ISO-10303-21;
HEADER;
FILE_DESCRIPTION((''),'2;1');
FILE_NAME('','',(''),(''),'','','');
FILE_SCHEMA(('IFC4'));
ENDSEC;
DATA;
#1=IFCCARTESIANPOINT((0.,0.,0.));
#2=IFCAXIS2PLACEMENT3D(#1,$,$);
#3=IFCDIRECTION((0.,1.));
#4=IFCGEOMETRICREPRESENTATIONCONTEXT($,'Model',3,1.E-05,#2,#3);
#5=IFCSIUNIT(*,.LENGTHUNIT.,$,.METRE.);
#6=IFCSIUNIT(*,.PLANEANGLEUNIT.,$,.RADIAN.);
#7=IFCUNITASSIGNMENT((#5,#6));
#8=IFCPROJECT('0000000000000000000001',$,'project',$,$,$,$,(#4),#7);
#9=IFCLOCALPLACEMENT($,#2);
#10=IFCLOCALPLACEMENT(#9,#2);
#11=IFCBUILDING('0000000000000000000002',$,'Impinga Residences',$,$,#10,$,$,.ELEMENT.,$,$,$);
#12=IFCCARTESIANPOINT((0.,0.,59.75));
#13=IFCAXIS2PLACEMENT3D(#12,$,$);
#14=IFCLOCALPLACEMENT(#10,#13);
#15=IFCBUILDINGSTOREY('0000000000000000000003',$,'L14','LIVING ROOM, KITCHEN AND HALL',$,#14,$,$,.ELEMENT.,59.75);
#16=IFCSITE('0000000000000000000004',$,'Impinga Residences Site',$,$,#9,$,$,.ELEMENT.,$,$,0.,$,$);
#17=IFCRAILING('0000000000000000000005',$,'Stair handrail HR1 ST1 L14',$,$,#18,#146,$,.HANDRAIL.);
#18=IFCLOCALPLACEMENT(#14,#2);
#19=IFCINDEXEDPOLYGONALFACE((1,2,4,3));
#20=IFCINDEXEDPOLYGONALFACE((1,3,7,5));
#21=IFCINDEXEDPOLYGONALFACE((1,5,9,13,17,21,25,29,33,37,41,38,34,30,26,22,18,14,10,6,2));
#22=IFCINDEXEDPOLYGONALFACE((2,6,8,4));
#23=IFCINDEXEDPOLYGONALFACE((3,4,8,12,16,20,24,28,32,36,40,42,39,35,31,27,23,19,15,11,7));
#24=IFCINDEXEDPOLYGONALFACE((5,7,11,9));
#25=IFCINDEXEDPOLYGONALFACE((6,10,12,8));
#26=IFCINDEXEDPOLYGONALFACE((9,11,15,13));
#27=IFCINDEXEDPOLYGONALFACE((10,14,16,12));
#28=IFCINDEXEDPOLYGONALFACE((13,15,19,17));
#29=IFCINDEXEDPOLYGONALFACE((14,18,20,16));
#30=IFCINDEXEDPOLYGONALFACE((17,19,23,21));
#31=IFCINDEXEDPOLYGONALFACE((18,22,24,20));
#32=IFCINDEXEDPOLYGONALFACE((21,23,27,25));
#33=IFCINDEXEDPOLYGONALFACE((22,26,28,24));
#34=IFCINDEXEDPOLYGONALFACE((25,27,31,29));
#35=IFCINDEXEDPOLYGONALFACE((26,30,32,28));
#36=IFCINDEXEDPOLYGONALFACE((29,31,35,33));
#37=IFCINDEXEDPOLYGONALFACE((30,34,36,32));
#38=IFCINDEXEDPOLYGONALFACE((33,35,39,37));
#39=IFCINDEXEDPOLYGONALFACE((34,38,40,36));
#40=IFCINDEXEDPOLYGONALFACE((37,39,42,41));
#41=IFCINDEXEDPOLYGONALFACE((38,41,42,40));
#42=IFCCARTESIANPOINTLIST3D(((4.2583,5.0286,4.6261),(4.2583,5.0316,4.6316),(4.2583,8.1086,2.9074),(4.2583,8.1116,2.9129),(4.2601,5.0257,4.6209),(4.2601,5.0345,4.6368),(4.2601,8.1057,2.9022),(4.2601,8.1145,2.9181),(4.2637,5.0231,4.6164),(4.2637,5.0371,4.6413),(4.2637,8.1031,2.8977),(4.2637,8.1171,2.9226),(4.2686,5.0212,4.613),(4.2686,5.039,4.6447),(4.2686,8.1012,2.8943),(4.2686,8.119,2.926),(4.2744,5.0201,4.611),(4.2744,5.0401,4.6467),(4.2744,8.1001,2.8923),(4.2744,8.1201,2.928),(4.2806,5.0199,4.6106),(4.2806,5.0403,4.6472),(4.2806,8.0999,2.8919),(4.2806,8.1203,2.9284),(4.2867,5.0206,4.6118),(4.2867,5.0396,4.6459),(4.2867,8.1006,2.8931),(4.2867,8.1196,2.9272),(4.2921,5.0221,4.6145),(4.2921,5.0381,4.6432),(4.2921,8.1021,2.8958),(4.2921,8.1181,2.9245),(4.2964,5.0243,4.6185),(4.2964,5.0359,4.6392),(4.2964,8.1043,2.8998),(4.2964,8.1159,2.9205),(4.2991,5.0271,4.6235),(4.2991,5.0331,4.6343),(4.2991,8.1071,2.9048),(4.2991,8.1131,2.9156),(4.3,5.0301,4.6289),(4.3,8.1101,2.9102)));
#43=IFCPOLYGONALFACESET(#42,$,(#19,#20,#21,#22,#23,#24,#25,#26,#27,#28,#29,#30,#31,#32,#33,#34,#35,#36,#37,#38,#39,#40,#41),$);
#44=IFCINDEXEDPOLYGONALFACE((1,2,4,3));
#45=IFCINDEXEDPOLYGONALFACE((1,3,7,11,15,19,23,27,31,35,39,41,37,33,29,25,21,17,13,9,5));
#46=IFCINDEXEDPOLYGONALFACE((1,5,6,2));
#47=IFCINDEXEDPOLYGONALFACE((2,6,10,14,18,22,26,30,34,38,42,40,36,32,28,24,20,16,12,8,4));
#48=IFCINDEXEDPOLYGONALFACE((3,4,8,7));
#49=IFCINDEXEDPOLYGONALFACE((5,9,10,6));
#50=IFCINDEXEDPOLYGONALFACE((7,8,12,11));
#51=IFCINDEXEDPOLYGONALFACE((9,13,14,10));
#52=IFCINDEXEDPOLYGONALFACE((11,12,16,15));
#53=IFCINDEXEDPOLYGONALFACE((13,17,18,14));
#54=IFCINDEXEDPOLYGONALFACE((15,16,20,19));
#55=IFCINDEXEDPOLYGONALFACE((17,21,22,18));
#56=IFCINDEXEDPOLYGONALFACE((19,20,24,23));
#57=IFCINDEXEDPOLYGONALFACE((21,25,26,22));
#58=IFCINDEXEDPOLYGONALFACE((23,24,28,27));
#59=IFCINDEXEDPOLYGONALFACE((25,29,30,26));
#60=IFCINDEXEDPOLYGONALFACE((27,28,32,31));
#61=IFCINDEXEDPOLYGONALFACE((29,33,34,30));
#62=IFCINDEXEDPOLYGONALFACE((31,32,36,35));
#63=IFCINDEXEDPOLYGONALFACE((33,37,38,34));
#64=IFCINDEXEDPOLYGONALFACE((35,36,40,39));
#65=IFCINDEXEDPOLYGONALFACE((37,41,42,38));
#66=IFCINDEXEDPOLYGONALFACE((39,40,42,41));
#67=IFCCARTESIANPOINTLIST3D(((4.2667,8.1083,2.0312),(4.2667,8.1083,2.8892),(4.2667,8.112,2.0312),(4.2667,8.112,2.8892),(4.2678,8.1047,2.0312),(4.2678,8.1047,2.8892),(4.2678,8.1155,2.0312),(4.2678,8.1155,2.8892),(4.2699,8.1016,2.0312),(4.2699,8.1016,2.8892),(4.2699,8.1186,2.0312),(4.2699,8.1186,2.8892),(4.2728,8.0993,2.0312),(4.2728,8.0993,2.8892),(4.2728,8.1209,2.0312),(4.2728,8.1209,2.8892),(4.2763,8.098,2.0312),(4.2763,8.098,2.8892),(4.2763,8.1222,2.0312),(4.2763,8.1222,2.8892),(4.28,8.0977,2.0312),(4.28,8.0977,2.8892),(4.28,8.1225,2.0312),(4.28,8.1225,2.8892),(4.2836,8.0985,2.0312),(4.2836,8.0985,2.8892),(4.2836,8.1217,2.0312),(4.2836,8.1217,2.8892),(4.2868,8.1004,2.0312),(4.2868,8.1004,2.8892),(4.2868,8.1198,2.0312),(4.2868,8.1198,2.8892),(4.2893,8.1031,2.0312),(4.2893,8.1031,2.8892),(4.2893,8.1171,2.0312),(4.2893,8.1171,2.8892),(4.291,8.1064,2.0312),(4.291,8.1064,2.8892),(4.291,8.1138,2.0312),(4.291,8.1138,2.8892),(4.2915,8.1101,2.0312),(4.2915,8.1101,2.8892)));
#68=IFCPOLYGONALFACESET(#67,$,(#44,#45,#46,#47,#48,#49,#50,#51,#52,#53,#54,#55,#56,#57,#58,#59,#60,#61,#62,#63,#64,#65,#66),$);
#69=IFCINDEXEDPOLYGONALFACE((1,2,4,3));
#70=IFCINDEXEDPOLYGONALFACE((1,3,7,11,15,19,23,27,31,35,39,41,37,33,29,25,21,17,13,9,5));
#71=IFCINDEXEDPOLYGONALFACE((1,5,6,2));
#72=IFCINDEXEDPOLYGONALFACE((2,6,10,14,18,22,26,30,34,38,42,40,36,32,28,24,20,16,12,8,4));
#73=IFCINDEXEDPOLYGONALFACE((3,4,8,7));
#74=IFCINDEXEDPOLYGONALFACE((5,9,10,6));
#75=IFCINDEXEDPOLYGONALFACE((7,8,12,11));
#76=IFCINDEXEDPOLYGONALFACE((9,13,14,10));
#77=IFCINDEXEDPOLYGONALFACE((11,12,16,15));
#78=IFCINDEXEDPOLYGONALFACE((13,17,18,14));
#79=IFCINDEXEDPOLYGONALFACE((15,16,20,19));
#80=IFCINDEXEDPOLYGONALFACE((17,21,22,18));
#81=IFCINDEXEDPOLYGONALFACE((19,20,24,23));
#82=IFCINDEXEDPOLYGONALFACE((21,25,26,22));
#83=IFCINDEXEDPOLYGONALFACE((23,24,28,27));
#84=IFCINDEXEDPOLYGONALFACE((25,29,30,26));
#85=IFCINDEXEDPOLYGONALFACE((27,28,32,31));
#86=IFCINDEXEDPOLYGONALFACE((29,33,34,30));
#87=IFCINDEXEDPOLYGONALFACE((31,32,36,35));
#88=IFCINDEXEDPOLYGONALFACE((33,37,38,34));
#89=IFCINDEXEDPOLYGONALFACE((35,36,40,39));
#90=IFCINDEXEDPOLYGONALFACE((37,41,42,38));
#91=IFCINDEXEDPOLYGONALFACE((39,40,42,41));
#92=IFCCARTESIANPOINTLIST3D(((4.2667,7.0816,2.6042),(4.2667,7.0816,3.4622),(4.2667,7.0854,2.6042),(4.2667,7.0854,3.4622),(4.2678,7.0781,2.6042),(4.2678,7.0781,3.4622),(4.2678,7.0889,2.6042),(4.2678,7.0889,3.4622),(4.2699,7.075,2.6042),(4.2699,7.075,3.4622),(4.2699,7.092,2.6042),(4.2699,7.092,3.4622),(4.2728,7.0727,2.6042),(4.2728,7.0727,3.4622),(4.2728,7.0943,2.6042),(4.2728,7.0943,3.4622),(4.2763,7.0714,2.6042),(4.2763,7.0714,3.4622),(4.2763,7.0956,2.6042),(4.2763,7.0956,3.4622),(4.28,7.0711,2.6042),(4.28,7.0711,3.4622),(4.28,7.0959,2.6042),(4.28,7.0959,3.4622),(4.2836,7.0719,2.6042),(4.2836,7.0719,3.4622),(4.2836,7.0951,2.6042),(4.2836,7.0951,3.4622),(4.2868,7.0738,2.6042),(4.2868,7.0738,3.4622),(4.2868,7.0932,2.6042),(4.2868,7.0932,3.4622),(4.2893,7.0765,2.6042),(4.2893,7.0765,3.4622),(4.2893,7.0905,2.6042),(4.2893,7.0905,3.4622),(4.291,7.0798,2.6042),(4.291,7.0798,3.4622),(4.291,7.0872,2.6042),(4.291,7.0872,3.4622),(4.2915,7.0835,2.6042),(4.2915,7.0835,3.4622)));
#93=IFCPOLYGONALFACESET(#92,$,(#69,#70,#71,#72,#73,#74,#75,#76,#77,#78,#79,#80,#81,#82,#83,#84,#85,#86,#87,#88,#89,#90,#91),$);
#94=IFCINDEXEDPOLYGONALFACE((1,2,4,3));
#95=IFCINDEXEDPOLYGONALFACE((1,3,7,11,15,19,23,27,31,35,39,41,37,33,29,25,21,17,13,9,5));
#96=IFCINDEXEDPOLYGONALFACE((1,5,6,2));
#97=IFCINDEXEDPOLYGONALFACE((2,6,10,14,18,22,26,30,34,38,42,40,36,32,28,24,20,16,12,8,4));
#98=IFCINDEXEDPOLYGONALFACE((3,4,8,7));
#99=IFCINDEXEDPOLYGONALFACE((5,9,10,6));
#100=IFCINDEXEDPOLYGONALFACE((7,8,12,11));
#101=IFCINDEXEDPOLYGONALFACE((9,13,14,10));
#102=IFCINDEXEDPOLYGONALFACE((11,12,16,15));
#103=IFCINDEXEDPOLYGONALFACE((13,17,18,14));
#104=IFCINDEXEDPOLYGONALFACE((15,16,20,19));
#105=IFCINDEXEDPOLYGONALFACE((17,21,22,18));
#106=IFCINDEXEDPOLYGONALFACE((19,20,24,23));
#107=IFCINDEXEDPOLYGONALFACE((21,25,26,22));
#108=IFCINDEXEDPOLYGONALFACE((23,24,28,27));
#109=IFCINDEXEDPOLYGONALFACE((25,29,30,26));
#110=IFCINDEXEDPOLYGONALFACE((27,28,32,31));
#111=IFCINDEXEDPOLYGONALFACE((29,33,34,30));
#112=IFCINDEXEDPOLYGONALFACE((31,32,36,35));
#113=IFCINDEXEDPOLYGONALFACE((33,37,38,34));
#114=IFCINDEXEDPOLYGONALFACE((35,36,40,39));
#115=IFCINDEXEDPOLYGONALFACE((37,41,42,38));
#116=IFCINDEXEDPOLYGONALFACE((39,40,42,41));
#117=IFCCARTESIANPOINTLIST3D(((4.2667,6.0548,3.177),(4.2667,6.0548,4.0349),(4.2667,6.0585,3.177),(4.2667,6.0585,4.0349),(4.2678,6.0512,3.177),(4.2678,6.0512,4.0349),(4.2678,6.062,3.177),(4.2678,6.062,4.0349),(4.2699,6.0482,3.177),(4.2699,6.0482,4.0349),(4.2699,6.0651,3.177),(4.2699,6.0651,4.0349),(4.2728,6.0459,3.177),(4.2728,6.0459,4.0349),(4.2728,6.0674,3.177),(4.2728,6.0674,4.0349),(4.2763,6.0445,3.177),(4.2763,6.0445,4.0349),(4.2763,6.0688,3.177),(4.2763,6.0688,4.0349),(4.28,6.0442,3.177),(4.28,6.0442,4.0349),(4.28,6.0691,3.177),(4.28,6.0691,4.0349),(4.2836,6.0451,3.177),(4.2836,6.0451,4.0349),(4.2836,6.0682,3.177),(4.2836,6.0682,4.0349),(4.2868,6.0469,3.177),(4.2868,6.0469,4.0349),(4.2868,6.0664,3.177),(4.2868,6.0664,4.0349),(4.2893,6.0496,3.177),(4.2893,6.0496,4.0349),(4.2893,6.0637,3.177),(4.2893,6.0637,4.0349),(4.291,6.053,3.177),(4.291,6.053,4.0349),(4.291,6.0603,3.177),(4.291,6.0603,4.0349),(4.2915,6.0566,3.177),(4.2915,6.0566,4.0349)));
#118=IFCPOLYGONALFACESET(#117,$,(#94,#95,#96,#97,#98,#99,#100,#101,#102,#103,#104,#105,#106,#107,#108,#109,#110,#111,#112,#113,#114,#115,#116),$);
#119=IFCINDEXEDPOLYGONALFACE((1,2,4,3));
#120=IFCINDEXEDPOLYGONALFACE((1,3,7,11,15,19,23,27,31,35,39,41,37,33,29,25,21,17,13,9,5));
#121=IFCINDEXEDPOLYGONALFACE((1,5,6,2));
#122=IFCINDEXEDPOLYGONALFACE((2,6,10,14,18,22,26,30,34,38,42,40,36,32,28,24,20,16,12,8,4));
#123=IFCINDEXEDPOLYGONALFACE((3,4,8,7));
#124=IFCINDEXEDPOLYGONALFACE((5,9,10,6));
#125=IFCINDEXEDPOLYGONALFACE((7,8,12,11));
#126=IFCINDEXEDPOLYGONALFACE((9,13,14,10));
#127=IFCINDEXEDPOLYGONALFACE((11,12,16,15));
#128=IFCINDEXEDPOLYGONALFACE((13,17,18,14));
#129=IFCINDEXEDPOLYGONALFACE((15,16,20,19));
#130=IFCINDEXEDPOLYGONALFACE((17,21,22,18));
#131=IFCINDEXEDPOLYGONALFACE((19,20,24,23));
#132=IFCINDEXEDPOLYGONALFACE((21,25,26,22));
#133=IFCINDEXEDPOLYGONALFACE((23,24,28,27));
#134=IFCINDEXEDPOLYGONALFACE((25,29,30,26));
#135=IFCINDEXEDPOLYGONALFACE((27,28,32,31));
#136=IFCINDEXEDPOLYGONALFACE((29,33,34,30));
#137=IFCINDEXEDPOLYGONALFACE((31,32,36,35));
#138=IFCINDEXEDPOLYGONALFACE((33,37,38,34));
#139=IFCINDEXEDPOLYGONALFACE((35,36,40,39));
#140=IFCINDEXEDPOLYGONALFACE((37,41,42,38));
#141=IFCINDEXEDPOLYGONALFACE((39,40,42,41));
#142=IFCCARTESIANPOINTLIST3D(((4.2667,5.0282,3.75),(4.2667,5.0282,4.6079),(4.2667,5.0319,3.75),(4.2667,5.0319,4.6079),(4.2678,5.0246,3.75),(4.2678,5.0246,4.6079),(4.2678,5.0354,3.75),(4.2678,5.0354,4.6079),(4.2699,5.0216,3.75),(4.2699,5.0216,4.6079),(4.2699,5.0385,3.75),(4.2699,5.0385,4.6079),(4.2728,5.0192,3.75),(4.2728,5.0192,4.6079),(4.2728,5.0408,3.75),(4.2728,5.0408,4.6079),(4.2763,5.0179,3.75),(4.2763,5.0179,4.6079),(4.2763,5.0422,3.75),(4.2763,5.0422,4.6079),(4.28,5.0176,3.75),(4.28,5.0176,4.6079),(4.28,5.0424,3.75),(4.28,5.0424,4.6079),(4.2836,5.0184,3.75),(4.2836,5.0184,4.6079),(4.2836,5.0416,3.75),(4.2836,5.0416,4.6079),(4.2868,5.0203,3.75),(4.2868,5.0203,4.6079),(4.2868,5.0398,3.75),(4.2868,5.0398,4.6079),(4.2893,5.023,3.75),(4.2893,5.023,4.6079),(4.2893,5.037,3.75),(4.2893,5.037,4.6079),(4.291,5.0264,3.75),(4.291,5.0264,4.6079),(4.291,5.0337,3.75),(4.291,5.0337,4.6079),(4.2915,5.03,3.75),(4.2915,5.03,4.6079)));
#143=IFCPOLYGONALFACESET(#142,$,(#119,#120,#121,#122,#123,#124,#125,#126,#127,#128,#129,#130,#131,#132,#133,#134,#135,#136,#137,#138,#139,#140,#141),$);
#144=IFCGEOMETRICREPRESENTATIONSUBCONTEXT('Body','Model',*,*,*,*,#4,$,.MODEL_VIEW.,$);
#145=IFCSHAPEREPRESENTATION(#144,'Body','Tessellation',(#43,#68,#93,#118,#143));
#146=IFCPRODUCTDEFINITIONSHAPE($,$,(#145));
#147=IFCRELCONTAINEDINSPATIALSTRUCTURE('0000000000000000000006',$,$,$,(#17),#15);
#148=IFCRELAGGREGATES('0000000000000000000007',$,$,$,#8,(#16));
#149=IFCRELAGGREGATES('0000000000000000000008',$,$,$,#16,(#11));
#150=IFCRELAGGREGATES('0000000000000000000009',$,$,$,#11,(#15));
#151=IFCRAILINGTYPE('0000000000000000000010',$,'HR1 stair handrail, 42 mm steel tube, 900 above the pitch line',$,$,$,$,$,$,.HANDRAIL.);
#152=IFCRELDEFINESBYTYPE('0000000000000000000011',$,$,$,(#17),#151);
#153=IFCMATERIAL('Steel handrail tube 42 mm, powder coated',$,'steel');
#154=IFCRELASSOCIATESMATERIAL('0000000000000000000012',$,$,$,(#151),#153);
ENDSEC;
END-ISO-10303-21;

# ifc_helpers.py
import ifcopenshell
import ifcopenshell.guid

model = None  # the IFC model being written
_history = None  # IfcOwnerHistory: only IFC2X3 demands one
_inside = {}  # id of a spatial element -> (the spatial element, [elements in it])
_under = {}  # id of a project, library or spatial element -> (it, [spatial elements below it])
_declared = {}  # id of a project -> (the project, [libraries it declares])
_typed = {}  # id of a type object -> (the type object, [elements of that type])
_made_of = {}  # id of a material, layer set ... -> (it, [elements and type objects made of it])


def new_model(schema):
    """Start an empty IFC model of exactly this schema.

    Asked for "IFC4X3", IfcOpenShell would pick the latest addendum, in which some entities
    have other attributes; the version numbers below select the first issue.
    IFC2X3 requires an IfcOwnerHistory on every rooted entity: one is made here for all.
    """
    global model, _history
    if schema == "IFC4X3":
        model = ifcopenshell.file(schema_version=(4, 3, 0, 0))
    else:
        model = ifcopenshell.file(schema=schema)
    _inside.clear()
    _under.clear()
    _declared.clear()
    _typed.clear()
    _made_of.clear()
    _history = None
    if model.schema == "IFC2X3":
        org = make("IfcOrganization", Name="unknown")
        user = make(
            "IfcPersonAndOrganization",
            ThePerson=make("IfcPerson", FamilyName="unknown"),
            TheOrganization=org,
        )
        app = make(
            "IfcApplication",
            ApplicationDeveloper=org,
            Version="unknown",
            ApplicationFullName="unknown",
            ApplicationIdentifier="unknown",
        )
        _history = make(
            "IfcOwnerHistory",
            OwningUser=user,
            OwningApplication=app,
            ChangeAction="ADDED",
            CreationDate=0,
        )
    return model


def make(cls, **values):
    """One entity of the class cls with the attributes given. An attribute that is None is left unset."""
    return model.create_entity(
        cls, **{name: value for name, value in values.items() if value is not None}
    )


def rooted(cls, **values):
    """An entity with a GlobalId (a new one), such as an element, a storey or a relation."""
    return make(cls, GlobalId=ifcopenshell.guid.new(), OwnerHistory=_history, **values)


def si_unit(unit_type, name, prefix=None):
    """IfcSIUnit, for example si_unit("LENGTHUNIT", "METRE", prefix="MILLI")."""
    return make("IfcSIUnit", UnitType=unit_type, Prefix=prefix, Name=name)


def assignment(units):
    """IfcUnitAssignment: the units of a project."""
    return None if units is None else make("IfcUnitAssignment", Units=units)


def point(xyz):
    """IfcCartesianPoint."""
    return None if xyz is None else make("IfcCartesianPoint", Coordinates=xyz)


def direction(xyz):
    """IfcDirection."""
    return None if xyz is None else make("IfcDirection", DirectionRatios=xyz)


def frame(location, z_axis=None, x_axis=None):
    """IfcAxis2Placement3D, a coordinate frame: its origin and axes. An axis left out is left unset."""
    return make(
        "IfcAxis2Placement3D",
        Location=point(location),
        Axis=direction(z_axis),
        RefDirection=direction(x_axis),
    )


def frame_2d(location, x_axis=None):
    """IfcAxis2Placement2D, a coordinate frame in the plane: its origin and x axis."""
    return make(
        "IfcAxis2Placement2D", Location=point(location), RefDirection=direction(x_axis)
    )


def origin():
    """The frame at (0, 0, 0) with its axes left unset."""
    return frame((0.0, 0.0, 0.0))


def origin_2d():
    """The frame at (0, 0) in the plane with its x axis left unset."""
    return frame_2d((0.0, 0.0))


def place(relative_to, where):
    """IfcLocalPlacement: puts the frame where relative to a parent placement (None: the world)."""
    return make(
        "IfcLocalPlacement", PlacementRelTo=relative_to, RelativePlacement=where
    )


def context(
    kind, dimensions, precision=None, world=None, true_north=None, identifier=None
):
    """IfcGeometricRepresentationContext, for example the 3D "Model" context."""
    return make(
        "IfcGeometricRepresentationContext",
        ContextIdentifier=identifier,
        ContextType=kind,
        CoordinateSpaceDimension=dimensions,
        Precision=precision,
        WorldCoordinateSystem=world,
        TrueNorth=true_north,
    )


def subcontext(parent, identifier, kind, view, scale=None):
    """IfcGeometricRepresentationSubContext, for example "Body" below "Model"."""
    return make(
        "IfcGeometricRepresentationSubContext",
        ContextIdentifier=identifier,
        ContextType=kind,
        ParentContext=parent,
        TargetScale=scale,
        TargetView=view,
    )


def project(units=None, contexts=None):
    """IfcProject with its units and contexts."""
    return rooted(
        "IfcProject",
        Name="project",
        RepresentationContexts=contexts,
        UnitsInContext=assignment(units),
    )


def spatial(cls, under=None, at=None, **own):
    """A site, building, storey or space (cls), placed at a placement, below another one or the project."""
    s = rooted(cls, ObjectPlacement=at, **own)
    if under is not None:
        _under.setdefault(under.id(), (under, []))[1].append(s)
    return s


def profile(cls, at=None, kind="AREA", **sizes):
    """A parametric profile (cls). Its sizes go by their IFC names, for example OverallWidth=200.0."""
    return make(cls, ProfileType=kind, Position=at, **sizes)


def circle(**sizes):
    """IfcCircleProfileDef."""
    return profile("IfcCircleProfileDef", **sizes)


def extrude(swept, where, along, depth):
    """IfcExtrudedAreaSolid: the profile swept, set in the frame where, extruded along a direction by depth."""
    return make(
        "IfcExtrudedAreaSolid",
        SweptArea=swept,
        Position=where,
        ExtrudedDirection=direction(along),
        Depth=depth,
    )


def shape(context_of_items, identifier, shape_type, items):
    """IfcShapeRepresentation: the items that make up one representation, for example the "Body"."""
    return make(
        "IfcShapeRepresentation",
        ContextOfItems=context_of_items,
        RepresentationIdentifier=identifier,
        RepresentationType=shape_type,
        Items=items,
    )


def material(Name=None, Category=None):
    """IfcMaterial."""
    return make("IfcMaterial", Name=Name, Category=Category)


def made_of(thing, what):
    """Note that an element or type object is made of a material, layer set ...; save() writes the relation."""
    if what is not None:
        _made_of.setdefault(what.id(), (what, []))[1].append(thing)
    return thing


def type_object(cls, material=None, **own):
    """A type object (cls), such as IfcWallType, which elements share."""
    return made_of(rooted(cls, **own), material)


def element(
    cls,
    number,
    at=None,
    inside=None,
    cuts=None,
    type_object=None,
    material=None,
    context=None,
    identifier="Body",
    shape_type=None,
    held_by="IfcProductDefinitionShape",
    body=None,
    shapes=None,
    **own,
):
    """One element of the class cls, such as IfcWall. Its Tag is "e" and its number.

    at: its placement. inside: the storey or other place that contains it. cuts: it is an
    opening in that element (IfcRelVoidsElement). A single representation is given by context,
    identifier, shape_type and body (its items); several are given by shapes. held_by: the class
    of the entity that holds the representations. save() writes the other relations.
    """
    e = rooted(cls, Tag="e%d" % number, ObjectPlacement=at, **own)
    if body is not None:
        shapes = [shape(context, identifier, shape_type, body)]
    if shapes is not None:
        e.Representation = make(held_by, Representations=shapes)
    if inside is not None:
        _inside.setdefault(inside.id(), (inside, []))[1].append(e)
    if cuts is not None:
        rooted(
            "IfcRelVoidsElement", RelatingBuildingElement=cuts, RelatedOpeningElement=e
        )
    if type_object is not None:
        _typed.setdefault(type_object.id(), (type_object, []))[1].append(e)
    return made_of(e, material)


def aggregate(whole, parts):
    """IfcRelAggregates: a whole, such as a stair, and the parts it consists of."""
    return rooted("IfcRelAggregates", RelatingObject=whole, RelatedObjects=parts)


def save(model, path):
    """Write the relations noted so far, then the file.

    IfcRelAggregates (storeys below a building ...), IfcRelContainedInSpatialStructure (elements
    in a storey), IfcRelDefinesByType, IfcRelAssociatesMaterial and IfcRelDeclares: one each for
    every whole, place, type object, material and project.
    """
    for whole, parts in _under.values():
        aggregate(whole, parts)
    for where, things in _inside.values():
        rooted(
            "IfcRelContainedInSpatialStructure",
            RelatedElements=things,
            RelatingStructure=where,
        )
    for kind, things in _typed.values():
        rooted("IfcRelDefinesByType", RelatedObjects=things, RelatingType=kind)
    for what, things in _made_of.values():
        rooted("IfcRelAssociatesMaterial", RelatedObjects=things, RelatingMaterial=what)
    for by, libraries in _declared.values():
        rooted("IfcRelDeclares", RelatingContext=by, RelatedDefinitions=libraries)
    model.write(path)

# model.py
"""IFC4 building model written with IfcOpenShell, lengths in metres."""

from ifc_helpers import new_model, si_unit, direction, frame, origin, origin_2d, place, context, subcontext, project, spatial, circle, extrude, material, type_object, element, save


model = new_model("IFC4")

# Units and contexts
model_context = context("Model", 3, precision=1e-05, world=origin(), true_north=direction((0.0, 1.0)))
body_context = subcontext(model_context, "Body", "Model", "MODEL_VIEW")
ifc_project = project(units=[si_unit("LENGTHUNIT", "METRE"), si_unit("PLANEANGLEUNIT", "RADIAN")], contexts=[model_context])

# Site, building, storey
site_placement = place(None, origin())
site = spatial("IfcSite", under=ifc_project, at=site_placement, Name="Impinga Residences Site", CompositionType="ELEMENT", RefElevation=0.0)
building_placement = place(site_placement, origin())
building = spatial("IfcBuilding", under=site, at=building_placement, Name="Impinga Residences", CompositionType="ELEMENT")
storey_placement = place(building_placement, frame((0.0, 0.0, 59.75)))
storey = spatial("IfcBuildingStorey", under=building, at=storey_placement, Name="L14", Description="LIVING ROOM, KITCHEN AND HALL", CompositionType="ELEMENT", Elevation=59.75)

# Railing
ifc_material_1 = material(Name="Steel handrail tube 42 mm, powder coated", Category="steel")
railing_type_1 = type_object("IfcRailingType", Name="HR1 stair handrail, 42 mm steel tube, 900 above the pitch line", PredefinedType="HANDRAIL", material=ifc_material_1)
railing_1_placement = place(storey_placement, frame((4.2791, 8.1101, 2.0312)))
element("IfcRailing", 1, at=railing_1_placement, inside=storey, type_object=railing_type_1, Name="Stair handrail HR1 ST1 L14", PredefinedType="HANDRAIL", context=body_context, shape_type="SweptSolid", body=[
    extrude(circle(Radius=0.021, at=origin_2d()), frame((0.0, 0.0, 0.8789), z_axis=(0.0, -0.873242, 0.487288), x_axis=(1.0, 0.0, 0.0)), (0.0, 0.0, 1.0), 3.5271),
    extrude(circle(Radius=0.0125, at=origin_2d()), origin(), (0.0, 0.0, 1.0), 0.8579),
    extrude(circle(Radius=0.0125, at=origin_2d()), frame((0.0, -1.0266, 0.573)), (0.0, 0.0, 1.0), 0.8579),
    extrude(circle(Radius=0.0125, at=origin_2d()), frame((0.0, -2.0535, 1.1458)), (0.0, 0.0, 1.0), 0.8579),
    extrude(circle(Radius=0.0125, at=origin_2d()), frame((0.0, -3.0801, 1.7188)), (0.0, 0.0, 1.0), 0.8579),
])

save(model, "model.ifc")
